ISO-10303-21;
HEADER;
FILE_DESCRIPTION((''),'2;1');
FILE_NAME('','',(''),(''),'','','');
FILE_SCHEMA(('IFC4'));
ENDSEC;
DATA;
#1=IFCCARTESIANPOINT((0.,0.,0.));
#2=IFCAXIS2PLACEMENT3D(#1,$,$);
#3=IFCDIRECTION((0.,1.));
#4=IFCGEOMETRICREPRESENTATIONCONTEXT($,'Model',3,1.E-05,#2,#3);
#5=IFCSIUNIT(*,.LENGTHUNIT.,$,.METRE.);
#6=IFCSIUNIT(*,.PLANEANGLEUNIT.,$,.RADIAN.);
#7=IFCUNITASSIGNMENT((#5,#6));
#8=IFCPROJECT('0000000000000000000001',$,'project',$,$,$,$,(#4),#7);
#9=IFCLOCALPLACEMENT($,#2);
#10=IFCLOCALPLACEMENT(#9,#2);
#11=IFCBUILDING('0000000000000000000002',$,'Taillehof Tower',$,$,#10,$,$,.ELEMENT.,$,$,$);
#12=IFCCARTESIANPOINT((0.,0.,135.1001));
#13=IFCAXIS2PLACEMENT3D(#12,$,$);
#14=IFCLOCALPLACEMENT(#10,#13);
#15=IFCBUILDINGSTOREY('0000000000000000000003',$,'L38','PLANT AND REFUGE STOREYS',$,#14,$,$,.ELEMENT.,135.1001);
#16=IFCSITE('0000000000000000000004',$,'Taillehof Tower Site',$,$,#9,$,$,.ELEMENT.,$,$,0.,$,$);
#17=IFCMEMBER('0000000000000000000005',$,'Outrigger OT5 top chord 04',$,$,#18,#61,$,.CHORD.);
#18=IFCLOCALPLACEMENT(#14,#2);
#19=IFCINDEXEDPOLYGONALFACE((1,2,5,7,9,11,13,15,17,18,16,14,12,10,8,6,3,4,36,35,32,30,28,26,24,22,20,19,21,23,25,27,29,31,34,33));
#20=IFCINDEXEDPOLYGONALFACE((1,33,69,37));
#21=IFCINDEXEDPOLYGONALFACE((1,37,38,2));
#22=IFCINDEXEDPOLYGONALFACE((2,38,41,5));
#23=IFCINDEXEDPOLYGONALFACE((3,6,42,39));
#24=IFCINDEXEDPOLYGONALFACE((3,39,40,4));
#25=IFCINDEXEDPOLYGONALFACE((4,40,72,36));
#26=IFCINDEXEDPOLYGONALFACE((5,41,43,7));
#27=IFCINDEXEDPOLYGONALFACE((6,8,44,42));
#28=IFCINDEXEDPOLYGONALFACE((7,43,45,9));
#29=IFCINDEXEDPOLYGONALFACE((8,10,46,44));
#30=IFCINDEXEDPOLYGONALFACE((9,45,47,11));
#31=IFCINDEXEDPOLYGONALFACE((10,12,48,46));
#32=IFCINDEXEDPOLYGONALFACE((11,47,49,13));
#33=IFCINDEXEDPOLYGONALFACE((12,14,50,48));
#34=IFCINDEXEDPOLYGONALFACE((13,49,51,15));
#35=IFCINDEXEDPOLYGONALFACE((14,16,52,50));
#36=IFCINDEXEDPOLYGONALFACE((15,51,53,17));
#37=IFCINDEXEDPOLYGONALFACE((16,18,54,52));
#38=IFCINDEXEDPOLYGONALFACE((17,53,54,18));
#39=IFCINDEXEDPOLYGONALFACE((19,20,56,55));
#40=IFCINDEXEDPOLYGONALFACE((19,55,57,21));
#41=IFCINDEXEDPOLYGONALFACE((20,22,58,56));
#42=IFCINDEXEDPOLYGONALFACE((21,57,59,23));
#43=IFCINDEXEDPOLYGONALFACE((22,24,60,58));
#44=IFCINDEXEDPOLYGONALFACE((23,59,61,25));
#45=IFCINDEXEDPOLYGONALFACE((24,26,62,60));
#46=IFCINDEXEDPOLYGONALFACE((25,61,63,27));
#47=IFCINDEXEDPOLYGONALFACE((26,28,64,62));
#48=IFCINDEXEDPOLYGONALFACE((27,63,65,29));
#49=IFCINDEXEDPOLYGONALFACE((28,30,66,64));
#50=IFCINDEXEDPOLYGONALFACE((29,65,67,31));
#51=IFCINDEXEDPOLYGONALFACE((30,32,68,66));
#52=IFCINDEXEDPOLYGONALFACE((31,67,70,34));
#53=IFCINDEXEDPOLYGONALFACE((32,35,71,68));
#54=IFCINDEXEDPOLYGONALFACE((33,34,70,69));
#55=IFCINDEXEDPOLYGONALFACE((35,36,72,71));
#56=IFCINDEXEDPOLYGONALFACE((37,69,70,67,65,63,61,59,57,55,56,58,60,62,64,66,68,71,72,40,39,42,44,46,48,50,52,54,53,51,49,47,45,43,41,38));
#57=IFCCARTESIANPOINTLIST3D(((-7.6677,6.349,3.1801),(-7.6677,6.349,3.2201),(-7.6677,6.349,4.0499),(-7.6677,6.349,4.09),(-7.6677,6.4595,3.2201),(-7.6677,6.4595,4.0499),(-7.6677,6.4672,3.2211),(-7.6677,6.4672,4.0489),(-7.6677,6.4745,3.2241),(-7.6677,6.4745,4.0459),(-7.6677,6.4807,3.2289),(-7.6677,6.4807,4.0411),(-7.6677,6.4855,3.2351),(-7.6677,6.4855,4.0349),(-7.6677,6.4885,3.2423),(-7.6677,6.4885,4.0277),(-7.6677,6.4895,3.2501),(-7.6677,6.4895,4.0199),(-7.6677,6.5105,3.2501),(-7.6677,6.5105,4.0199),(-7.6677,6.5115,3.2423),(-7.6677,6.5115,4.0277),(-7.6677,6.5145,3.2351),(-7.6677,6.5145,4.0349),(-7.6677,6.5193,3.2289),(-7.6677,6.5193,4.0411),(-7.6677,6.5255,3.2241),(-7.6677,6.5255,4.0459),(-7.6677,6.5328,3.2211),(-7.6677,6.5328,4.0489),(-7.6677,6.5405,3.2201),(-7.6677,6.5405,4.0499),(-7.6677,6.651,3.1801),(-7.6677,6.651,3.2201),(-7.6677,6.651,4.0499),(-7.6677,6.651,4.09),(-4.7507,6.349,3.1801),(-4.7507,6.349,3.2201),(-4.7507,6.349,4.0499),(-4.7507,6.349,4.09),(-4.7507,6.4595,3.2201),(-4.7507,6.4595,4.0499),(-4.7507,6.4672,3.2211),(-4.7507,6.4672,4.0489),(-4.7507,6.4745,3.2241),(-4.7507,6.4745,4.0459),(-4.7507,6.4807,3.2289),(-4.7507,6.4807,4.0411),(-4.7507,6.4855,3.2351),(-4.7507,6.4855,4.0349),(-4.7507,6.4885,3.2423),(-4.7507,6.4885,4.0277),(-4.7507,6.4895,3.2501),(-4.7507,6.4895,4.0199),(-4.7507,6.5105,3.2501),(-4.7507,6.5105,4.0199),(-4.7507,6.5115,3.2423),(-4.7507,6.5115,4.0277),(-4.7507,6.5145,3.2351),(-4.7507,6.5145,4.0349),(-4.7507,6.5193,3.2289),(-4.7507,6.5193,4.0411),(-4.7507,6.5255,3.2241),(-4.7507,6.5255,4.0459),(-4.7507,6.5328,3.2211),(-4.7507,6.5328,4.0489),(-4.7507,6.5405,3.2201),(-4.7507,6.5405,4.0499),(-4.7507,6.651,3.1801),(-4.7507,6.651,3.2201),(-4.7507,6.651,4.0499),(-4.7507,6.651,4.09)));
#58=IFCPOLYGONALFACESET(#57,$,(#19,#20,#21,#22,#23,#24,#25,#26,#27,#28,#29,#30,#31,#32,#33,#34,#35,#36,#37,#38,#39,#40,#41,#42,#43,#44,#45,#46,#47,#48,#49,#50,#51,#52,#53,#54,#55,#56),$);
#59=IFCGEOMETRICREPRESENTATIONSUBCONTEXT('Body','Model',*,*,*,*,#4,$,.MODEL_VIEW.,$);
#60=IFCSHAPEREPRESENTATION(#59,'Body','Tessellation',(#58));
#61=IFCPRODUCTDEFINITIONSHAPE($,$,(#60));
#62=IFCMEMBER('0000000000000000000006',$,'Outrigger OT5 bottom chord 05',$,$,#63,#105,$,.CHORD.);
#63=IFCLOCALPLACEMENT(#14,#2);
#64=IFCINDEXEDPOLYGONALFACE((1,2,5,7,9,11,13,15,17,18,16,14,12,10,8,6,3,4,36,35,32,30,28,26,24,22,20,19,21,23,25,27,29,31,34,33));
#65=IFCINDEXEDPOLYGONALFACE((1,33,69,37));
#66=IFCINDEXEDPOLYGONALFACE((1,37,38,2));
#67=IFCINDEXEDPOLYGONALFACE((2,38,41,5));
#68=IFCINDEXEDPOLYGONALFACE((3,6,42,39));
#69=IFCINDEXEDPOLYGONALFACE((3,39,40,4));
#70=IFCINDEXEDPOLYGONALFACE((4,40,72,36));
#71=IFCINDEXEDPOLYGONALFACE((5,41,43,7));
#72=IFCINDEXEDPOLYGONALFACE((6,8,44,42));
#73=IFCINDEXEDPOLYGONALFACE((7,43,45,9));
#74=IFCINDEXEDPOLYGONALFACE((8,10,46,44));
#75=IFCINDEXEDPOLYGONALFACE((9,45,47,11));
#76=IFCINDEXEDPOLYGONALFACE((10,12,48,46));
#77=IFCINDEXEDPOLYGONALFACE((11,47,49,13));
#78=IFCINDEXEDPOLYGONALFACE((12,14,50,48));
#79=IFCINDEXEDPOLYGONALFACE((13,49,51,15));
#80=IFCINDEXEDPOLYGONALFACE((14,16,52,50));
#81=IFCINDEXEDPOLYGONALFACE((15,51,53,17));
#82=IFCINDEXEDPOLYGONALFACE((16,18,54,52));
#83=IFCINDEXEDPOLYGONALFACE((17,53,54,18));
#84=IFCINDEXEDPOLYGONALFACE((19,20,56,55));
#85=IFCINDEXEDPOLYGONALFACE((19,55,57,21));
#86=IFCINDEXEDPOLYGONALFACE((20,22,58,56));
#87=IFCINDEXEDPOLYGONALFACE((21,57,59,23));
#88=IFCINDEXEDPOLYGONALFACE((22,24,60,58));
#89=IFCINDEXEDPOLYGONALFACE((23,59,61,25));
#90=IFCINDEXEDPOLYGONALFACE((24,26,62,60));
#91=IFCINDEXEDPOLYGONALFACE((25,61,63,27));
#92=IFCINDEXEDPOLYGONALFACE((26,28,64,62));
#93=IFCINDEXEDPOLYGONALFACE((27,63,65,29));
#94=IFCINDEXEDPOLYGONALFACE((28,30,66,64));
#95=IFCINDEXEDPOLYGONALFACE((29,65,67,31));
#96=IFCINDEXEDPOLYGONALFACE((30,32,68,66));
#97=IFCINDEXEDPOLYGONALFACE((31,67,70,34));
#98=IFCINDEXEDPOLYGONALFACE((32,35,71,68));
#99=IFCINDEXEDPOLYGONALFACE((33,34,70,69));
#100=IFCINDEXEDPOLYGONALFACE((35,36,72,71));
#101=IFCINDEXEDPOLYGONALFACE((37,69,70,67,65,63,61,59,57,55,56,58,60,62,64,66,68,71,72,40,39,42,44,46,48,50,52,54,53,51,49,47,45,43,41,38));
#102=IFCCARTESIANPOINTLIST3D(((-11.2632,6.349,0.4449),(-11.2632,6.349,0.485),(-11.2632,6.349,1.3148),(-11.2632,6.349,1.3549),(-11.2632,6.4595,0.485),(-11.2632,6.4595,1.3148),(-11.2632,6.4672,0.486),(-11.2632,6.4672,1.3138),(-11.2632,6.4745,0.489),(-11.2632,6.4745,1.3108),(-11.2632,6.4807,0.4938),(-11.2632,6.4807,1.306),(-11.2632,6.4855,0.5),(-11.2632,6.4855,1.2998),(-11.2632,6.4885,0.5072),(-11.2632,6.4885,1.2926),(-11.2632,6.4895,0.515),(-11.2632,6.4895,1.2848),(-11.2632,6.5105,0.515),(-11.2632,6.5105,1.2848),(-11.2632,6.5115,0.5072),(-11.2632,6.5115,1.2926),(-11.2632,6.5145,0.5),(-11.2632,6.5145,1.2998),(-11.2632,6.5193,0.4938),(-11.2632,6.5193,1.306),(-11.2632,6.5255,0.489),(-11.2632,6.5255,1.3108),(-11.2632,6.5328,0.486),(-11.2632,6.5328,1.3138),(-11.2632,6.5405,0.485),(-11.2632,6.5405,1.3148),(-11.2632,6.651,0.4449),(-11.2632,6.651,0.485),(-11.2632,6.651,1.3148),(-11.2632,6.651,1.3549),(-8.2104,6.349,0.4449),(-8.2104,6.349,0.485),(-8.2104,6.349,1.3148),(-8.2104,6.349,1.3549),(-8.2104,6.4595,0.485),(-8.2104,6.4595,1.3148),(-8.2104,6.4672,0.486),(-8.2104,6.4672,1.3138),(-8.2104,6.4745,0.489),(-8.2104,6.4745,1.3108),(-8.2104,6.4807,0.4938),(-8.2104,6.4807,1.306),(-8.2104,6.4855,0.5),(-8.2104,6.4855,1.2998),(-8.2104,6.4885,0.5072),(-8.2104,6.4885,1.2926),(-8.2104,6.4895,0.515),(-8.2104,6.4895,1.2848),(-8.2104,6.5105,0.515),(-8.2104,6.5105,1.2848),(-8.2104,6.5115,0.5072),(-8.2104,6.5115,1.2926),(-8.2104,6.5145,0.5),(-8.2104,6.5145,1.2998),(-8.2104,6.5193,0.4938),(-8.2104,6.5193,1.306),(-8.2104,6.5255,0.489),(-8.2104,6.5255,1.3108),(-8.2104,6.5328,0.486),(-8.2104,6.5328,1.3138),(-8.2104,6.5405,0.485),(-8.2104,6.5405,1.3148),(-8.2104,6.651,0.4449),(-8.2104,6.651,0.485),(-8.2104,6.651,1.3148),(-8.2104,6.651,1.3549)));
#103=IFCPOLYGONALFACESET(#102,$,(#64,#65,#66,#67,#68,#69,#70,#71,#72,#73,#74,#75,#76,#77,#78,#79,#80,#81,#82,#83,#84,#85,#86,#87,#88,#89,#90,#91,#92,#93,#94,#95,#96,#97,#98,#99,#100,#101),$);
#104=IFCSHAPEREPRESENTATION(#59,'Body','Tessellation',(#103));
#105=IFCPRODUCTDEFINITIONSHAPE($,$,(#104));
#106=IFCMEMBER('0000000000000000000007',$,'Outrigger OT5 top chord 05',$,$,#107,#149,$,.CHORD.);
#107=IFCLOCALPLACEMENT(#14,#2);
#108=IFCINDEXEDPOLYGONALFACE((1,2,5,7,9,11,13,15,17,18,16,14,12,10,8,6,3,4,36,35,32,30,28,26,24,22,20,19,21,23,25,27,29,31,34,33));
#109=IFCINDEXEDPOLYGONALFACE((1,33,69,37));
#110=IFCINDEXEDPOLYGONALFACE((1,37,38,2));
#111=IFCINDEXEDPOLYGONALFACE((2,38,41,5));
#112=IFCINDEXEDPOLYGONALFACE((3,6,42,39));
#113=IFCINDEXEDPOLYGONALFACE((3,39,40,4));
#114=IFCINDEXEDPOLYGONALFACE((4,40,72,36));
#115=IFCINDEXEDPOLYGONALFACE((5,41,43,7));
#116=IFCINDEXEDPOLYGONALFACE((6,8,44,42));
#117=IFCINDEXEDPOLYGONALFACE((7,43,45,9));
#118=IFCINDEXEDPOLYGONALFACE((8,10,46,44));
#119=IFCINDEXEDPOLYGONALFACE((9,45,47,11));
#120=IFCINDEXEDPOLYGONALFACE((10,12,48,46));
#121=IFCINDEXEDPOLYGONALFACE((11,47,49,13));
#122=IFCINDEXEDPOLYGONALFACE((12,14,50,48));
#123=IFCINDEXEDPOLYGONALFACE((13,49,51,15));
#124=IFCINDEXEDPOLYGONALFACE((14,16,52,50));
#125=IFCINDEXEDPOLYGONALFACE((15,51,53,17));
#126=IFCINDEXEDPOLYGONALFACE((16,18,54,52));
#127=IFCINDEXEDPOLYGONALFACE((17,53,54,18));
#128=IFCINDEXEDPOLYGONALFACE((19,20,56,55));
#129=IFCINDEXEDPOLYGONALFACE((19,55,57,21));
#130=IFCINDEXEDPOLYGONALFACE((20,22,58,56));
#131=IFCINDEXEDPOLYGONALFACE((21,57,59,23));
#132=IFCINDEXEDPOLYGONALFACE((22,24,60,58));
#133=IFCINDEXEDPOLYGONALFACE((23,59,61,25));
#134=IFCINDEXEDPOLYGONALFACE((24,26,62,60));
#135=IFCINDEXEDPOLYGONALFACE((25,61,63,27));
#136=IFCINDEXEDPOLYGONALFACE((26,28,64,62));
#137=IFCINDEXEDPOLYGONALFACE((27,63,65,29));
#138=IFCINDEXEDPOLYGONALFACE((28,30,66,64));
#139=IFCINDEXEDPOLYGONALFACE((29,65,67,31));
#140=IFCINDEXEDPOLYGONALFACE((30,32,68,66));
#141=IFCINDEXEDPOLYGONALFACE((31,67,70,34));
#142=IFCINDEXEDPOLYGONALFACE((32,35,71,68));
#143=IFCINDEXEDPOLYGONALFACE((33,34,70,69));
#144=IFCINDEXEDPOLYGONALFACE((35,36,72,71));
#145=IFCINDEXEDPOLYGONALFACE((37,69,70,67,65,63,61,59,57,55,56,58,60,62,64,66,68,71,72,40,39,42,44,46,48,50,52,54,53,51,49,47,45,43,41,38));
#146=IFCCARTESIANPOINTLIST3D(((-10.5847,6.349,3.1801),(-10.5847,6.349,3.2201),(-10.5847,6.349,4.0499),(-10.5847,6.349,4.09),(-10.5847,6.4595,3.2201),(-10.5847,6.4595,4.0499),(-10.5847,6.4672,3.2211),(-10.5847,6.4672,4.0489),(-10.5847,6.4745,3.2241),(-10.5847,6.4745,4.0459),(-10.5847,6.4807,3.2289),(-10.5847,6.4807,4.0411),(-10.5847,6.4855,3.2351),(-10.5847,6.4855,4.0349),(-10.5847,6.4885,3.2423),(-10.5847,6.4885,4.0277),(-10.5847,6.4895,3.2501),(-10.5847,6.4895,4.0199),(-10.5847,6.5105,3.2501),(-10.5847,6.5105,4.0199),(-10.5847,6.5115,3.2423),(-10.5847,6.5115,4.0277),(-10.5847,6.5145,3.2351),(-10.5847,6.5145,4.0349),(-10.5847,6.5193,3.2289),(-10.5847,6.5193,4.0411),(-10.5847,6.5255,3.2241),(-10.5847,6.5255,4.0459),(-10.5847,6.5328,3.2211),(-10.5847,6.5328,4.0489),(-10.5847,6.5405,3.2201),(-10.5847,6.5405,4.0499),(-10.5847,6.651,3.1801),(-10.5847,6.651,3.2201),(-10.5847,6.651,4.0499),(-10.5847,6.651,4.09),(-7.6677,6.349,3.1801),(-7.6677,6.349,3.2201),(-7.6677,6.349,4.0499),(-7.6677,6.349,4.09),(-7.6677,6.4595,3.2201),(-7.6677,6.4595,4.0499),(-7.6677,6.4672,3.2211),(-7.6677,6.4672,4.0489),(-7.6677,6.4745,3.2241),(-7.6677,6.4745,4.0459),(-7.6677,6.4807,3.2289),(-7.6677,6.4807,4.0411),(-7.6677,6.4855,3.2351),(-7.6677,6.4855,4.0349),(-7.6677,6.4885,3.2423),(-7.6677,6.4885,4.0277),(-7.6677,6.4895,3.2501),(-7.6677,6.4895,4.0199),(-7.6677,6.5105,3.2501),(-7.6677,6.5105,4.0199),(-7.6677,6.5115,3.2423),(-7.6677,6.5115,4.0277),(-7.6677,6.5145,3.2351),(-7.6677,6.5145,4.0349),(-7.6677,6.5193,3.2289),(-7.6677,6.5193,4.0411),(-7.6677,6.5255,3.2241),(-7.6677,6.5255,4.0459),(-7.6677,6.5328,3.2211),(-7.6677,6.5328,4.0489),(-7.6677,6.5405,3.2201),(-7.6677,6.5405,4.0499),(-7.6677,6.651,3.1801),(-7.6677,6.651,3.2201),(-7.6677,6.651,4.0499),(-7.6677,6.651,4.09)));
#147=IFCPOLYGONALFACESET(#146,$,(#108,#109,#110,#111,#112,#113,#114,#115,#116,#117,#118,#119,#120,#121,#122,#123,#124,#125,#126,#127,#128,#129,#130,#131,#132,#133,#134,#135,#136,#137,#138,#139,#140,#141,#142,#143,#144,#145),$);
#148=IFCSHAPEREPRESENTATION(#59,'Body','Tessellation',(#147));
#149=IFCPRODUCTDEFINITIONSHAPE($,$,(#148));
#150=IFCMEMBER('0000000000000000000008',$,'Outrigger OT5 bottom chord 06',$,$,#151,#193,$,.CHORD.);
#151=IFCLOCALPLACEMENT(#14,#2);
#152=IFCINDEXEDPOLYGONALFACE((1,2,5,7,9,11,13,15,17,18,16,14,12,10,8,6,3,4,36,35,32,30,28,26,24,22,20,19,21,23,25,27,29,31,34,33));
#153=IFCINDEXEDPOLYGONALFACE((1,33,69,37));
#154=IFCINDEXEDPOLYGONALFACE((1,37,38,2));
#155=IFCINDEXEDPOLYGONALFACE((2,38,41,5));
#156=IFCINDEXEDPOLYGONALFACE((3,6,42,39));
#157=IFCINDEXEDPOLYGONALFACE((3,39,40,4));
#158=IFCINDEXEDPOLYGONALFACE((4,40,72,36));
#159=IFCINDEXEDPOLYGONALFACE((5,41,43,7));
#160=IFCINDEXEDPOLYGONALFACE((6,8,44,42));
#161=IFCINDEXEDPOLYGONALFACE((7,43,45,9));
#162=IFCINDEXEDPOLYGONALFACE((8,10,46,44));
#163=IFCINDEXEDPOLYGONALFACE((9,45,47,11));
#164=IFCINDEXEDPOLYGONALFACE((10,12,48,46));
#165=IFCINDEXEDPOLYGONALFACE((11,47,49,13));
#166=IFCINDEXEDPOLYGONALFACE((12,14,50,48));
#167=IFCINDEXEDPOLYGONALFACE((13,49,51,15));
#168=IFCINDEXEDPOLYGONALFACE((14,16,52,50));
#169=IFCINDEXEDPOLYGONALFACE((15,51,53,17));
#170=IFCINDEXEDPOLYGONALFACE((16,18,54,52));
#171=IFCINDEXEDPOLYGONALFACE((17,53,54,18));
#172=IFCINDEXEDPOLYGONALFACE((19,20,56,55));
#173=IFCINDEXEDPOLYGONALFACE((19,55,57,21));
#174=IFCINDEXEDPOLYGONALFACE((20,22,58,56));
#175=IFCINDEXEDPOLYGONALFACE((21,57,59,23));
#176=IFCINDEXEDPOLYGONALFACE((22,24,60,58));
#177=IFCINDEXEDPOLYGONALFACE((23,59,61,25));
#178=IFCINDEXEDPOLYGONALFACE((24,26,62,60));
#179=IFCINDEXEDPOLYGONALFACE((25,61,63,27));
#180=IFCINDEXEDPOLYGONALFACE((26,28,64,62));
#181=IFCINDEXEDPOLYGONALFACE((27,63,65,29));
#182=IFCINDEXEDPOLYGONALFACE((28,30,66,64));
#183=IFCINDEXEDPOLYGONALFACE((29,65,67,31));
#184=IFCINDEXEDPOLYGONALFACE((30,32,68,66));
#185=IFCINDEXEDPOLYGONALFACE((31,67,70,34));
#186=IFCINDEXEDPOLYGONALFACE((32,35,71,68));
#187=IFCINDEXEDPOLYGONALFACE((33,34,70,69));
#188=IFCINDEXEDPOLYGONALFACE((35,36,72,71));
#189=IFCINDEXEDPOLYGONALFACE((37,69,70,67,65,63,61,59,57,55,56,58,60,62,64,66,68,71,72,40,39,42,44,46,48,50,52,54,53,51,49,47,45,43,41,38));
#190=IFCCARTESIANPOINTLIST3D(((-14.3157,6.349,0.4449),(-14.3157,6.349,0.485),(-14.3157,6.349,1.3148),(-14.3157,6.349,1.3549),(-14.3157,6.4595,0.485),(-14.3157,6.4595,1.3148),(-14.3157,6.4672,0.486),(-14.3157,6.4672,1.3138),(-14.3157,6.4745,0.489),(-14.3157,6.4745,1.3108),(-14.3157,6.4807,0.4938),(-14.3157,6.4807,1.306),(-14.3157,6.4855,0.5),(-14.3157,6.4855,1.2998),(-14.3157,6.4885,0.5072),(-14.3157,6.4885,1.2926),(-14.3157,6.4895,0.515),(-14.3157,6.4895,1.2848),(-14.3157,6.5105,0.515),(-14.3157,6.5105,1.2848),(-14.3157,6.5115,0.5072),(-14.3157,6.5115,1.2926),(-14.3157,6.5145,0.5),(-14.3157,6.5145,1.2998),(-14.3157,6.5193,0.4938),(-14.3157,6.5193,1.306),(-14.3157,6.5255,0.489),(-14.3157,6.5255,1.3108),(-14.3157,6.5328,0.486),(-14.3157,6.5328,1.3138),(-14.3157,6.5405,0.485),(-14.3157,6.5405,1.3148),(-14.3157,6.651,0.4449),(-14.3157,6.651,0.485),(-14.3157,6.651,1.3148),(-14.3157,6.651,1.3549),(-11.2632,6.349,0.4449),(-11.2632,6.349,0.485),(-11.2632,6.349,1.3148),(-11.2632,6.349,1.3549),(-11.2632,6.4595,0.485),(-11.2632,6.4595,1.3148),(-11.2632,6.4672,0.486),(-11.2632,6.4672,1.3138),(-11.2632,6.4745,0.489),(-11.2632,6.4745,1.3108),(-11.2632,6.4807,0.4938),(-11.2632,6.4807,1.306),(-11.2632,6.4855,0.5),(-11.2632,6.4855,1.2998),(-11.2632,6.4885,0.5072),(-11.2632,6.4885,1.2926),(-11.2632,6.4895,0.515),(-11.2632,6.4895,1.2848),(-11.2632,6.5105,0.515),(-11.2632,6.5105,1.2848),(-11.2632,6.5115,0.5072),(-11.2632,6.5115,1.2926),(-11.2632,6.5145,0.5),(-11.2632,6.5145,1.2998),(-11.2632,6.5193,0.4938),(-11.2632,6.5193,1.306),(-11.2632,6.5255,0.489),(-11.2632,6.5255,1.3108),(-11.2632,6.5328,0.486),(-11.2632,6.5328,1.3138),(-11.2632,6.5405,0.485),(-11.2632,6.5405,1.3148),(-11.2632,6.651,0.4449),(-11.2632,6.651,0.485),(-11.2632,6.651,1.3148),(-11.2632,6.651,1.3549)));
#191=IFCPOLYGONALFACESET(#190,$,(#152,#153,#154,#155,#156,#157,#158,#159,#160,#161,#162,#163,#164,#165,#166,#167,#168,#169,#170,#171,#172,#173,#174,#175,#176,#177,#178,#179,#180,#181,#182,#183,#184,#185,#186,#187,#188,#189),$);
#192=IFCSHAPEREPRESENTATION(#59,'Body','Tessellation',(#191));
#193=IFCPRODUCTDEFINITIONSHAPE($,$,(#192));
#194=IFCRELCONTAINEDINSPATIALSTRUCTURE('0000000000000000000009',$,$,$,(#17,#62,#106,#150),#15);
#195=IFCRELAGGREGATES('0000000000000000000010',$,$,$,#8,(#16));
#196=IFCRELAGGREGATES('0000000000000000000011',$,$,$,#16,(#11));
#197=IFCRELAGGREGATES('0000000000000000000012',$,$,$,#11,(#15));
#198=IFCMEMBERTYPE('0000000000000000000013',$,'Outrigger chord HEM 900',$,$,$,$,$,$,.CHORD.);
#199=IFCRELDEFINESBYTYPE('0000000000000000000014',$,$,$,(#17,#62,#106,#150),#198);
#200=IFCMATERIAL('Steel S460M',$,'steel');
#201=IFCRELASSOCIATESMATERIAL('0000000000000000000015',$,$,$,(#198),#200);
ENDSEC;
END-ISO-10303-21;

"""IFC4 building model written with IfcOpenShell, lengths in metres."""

from ifc_helpers import new_model, si_unit, direction, frame, origin, origin_2d, place, context, subcontext, project, spatial, i_section, extrude, material, material_profile, profile_set, type_object, element, save


model = new_model("IFC4")

# Units and contexts
model_context = context("Model", 3, precision=1e-05, world=origin(), true_north=direction((0.0, 1.0)))
body_context = subcontext(model_context, "Body", "Model", "MODEL_VIEW")
ifc_project = project(units=[si_unit("LENGTHUNIT", "METRE"), si_unit("PLANEANGLEUNIT", "RADIAN")], contexts=[model_context])

# Site, building, storey
site_placement = place(None, origin())
site = spatial("IfcSite", under=ifc_project, at=site_placement, Name="Taillehof Tower Site", CompositionType="ELEMENT", RefElevation=0.0)
building_placement = place(site_placement, origin())
building = spatial("IfcBuilding", under=site, at=building_placement, Name="Taillehof Tower", CompositionType="ELEMENT")
storey_placement = place(building_placement, frame((0.0, 0.0, 135.1001)))
storey = spatial("IfcBuildingStorey", under=building, at=storey_placement, Name="L38", Description="PLANT AND REFUGE STOREYS", CompositionType="ELEMENT", Elevation=135.1001)

# Members
ifc_material_1 = material(Name="Steel S460M", Category="steel")
ifc_material_profile_1 = material_profile(ifc_material_1, i_section(OverallWidth=0.302, OverallDepth=0.9099, WebThickness=0.021, FlangeThickness=0.04, FilletRadius=0.03, at=origin_2d()), Name="HEM 900")
ifc_profile_set_1 = profile_set([ifc_material_profile_1], Name="Steel S460M")
member_type_1 = type_object("IfcMemberType", Name="Outrigger chord HEM 900", PredefinedType="CHORD", material=ifc_profile_set_1)
member_1_placement = place(storey_placement, frame((-4.7507, 6.5, 3.635), z_axis=(-1.0, 0.0, 0.0), x_axis=(0.0, -1.0, 0.0)))
element("IfcMember", 1, at=member_1_placement, inside=storey, type_object=member_type_1, Name="Outrigger OT5 top chord 04", PredefinedType="CHORD", context=body_context, shape_type="SweptSolid", body=[
    extrude(i_section(OverallWidth=0.302, OverallDepth=0.9099, WebThickness=0.021, FlangeThickness=0.04, FilletRadius=0.03, at=origin_2d()), origin(), (0.0, 0.0, 1.0), 2.917),
])
member_2_placement = place(storey_placement, frame((-8.2104, 6.5, 0.8999), z_axis=(-1.0, 0.0, 0.0), x_axis=(0.0, -1.0, 0.0)))
element("IfcMember", 2, at=member_2_placement, inside=storey, type_object=member_type_1, Name="Outrigger OT5 bottom chord 05", PredefinedType="CHORD", context=body_context, shape_type="SweptSolid", body=[
    extrude(i_section(OverallWidth=0.302, OverallDepth=0.9099, WebThickness=0.021, FlangeThickness=0.04, FilletRadius=0.03, at=origin_2d()), origin(), (0.0, 0.0, 1.0), 3.0527),
])
member_3_placement = place(storey_placement, frame((-7.6677, 6.5, 3.635), z_axis=(-1.0, 0.0, 0.0), x_axis=(0.0, -1.0, 0.0)))
element("IfcMember", 3, at=member_3_placement, inside=storey, type_object=member_type_1, Name="Outrigger OT5 top chord 05", PredefinedType="CHORD", context=body_context, shape_type="SweptSolid", body=[
    extrude(i_section(OverallWidth=0.302, OverallDepth=0.9099, WebThickness=0.021, FlangeThickness=0.04, FilletRadius=0.03, at=origin_2d()), origin(), (0.0, 0.0, 1.0), 2.917),
])
member_4_placement = place(storey_placement, frame((-11.2632, 6.5, 0.8999), z_axis=(-1.0, 0.0, 0.0), x_axis=(0.0, -1.0, 0.0)))
element("IfcMember", 4, at=member_4_placement, inside=storey, type_object=member_type_1, Name="Outrigger OT5 bottom chord 06", PredefinedType="CHORD", context=body_context, shape_type="SweptSolid", body=[
    extrude(i_section(OverallWidth=0.302, OverallDepth=0.9099, WebThickness=0.021, FlangeThickness=0.04, FilletRadius=0.03, at=origin_2d()), origin(), (0.0, 0.0, 1.0), 3.0525),
])

save(model, "model.ifc")
